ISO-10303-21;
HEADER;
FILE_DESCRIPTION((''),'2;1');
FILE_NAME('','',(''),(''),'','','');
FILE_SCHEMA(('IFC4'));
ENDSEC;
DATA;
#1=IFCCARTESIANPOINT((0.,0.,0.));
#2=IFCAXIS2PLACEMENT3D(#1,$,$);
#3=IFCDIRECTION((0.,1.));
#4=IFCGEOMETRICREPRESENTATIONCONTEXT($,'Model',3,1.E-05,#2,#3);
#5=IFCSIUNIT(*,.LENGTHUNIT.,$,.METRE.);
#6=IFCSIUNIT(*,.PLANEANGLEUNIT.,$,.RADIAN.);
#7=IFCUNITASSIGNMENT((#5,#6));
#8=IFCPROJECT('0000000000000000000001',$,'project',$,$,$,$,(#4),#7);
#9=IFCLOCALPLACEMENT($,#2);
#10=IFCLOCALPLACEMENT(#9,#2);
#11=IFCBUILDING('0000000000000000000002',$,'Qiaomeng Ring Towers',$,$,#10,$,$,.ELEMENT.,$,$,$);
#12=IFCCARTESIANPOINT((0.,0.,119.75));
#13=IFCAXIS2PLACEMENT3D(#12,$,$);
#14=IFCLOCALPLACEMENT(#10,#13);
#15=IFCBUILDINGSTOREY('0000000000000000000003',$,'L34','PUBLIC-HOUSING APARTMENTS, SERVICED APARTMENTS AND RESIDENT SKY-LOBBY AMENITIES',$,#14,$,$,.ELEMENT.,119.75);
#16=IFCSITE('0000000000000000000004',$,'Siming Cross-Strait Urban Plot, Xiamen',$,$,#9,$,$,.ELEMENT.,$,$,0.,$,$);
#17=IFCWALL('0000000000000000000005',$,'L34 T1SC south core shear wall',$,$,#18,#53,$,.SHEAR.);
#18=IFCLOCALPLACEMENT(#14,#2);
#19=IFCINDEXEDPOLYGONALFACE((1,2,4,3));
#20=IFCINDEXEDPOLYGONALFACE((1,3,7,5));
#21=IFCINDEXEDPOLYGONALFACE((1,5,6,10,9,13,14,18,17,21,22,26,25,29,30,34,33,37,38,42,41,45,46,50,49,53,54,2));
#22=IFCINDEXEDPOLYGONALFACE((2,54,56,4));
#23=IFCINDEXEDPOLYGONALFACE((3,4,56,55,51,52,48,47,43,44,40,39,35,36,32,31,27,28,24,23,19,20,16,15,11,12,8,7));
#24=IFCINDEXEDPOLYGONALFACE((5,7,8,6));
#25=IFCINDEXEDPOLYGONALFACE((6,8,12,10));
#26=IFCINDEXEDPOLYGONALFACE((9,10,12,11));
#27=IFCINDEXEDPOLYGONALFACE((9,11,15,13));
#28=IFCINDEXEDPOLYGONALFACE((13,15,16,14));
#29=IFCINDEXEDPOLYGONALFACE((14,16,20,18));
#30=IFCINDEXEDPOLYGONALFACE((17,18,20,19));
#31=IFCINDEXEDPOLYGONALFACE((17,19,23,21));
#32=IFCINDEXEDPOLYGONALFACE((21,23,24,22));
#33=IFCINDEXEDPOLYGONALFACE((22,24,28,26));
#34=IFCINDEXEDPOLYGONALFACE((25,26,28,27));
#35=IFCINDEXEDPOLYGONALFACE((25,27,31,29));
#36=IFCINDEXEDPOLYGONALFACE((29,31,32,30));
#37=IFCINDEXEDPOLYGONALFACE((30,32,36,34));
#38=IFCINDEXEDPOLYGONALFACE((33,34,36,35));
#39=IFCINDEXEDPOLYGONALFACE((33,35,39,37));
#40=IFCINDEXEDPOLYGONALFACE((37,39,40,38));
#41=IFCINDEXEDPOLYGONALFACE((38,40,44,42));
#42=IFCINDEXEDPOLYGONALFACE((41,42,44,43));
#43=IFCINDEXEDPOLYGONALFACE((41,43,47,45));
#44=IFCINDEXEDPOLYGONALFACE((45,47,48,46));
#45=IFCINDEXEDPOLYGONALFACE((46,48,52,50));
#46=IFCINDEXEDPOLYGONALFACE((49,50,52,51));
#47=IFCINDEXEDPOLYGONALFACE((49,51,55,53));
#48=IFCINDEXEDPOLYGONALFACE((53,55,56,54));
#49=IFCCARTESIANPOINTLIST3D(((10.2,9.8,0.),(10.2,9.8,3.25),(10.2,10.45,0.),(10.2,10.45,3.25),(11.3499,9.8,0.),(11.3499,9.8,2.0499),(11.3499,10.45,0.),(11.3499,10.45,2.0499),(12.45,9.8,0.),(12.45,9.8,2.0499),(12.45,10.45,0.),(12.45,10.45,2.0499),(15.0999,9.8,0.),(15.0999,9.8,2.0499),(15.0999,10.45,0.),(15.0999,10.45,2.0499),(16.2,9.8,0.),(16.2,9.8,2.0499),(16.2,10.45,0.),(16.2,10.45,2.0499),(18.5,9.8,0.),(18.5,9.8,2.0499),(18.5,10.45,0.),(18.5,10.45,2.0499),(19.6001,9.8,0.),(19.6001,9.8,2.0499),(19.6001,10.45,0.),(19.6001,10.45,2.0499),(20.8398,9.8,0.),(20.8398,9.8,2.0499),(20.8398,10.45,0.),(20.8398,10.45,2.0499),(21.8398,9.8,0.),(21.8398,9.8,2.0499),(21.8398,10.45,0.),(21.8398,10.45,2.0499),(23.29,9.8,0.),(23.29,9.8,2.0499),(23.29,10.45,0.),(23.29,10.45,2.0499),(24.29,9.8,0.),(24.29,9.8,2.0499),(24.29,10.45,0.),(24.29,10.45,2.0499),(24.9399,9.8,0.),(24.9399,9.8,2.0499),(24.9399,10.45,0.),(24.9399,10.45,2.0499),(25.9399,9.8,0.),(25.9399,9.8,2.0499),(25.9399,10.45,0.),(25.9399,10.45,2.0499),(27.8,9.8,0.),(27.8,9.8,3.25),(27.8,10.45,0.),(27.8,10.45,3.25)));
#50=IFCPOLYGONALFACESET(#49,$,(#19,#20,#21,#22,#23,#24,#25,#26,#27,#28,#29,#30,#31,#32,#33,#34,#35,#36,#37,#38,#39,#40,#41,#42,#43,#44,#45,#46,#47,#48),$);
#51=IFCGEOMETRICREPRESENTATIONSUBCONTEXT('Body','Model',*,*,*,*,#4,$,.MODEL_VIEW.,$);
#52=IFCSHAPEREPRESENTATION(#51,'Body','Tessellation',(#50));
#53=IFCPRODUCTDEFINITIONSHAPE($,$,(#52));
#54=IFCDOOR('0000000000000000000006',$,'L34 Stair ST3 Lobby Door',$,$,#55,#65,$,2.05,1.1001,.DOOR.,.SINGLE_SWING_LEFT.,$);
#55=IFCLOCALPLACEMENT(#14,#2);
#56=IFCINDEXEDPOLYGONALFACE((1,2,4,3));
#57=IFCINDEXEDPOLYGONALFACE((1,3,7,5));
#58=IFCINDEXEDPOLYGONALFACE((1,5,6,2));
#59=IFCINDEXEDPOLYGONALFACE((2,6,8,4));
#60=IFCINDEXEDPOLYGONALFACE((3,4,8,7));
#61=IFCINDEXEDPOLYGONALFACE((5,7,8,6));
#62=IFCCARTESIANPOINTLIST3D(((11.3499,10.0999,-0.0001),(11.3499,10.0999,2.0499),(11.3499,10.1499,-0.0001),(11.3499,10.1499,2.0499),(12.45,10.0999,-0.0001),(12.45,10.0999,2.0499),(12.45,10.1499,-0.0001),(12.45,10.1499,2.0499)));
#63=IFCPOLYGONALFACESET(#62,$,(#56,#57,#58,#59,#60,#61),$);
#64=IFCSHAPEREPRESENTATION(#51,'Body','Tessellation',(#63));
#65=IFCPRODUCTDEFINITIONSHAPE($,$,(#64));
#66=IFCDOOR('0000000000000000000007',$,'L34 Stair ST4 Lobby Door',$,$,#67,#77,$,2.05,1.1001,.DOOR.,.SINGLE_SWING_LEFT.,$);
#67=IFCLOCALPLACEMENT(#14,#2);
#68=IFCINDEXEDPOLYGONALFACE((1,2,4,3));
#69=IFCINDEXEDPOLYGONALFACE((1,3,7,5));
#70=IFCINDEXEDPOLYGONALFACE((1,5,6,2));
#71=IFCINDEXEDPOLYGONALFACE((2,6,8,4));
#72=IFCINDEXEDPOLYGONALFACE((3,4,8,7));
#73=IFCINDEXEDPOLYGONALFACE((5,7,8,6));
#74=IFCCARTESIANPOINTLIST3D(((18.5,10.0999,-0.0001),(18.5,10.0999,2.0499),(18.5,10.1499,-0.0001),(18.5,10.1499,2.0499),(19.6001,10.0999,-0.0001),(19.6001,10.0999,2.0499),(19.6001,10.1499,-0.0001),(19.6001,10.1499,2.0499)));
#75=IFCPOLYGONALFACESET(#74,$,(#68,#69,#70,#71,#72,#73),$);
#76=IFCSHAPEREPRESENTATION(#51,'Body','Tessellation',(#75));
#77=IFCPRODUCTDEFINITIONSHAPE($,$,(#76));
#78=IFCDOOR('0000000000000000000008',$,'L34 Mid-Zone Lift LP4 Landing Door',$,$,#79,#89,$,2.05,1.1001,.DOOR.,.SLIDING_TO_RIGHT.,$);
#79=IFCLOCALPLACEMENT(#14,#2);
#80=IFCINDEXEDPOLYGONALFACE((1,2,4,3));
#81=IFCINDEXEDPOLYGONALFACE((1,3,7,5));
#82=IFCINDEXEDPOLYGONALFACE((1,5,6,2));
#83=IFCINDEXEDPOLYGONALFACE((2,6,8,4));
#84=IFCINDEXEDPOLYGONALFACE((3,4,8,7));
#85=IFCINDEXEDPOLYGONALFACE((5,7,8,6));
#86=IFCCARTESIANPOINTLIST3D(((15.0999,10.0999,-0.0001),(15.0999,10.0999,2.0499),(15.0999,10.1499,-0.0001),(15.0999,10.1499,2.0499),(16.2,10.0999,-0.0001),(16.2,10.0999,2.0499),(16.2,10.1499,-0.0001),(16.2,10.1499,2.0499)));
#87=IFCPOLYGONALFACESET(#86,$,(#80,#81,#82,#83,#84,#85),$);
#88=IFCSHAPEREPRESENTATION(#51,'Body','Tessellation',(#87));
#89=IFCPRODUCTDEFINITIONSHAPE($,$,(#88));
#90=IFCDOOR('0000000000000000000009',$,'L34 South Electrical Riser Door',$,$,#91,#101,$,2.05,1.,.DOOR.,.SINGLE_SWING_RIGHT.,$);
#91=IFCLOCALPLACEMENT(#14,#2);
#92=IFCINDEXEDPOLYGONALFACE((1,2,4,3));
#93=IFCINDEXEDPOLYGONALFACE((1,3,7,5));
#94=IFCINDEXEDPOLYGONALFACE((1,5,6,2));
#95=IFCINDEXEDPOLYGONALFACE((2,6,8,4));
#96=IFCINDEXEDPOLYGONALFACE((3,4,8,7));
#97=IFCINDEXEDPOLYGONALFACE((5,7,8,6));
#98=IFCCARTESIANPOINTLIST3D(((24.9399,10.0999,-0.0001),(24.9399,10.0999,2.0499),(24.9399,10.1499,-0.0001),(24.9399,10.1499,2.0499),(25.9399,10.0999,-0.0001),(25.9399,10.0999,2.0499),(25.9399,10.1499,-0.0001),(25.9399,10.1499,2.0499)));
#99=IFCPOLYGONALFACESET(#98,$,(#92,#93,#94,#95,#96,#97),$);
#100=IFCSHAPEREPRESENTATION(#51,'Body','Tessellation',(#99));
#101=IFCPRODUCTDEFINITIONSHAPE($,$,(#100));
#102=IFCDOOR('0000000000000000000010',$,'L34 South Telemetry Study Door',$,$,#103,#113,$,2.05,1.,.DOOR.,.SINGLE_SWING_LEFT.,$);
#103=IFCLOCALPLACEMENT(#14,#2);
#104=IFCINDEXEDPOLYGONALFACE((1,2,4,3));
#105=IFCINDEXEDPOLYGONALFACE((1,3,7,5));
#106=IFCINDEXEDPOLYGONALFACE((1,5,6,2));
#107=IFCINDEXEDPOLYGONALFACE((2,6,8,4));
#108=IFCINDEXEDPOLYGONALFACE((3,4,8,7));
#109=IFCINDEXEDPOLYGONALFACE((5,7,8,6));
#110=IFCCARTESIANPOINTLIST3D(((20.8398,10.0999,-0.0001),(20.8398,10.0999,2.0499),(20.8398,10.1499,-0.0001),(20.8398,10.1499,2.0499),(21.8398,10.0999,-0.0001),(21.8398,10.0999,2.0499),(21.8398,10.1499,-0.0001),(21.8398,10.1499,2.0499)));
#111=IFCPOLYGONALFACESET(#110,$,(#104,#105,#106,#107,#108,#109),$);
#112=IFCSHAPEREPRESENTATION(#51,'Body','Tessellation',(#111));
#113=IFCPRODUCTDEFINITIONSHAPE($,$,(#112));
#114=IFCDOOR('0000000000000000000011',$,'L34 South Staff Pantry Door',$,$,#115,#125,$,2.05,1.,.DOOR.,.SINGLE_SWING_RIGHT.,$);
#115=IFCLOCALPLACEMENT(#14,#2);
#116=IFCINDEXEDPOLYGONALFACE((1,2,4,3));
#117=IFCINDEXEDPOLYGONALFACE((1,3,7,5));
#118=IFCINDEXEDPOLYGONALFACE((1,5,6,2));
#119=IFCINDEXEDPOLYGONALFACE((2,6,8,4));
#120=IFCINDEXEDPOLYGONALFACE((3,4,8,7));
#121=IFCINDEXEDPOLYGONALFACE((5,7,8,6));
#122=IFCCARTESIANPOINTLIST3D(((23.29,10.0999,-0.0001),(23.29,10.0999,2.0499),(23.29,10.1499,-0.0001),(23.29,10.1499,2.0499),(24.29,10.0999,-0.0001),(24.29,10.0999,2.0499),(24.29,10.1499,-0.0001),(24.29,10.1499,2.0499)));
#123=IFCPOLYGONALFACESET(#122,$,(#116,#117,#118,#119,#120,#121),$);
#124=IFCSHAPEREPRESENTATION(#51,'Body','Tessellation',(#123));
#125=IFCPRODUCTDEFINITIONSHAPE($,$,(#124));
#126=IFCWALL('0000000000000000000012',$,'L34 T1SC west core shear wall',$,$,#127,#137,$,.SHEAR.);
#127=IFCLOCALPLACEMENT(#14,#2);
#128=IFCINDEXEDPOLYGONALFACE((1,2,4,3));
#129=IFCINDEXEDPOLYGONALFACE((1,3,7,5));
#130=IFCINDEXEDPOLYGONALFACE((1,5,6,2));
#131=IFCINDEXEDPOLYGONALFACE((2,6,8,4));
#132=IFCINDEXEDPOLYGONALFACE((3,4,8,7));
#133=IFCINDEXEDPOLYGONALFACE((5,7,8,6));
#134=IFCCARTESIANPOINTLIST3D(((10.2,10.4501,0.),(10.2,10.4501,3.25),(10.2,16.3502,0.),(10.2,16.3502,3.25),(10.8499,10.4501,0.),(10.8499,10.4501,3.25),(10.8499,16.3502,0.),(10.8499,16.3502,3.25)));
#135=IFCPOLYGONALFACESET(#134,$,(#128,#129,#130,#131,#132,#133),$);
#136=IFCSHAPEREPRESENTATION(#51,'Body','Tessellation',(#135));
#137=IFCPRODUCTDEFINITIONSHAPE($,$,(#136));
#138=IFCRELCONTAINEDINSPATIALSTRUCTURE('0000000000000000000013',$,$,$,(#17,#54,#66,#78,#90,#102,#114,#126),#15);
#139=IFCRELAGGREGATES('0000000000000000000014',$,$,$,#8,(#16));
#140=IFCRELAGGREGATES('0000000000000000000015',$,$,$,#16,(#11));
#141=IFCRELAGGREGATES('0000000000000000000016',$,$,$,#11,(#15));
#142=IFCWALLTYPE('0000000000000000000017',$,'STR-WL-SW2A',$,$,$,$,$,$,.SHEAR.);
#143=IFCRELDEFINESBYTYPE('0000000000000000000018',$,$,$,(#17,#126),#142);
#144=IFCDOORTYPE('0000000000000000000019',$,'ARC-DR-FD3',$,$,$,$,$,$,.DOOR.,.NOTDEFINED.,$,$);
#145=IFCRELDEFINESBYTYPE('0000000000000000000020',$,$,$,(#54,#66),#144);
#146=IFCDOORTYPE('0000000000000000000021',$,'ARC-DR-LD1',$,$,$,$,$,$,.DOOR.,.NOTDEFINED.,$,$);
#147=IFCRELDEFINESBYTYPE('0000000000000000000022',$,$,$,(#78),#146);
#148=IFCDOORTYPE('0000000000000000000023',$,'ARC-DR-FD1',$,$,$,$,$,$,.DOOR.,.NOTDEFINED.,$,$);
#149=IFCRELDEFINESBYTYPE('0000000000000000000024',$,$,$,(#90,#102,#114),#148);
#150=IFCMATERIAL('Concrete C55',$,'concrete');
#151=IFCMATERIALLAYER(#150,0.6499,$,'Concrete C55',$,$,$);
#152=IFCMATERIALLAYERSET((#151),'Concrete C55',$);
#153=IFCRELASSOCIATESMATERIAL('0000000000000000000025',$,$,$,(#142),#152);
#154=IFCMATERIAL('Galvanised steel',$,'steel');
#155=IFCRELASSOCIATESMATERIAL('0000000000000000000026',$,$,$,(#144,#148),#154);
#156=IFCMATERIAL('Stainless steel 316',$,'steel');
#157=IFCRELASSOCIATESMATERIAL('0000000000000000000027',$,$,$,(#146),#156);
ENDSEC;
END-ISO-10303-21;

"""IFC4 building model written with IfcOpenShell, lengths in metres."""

from ifc_helpers import new_model, si_unit, direction, frame, frame_2d, origin, place, context, subcontext, project, spatial, rectangle, extrude, source, transform, mapped, material, layer, layer_set, type_object, element, fill, save


model = new_model("IFC4")

# Units and contexts
model_context = context("Model", 3, precision=1e-05, world=origin(), true_north=direction((0.0, 1.0)))
body_context = subcontext(model_context, "Body", "Model", "MODEL_VIEW")
ifc_project = project(units=[si_unit("LENGTHUNIT", "METRE"), si_unit("PLANEANGLEUNIT", "RADIAN")], contexts=[model_context])

# Site, building, storey
site_placement = place(None, origin())
site = spatial("IfcSite", under=ifc_project, at=site_placement, Name="Siming Cross-Strait Urban Plot, Xiamen", CompositionType="ELEMENT", RefElevation=0.0)
building_placement = place(site_placement, origin())
building = spatial("IfcBuilding", under=site, at=building_placement, Name="Qiaomeng Ring Towers", CompositionType="ELEMENT")
storey_placement = place(building_placement, frame((0.0, 0.0, 119.75)))
storey = spatial("IfcBuildingStorey", under=building, at=storey_placement, Name="L34", Description="PUBLIC-HOUSING APARTMENTS, SERVICED APARTMENTS AND RESIDENT SKY-LOBBY AMENITIES", CompositionType="ELEMENT", Elevation=119.75)

# Shared definitions
shared_shape_1 = source(origin(), body_context, "Body", "SweptSolid", [
    extrude(rectangle(XDim=1.0, YDim=2.05, at=frame_2d((0.5, 1.0249))), frame((0.0, 0.0249, 0.0), z_axis=(0.0, -1.0, 0.0), x_axis=(1.0, 0.0, 0.0)), (0.0, 0.0, 1.0), 0.05),
])

# Wall, openings, doors
ifc_material_1 = material(Name="Concrete C55", Category="concrete")
ifc_layer_1 = layer(ifc_material_1, 0.6499, Name="Concrete C55")
ifc_layer_set_1 = layer_set([ifc_layer_1], Name="Concrete C55")
wall_type_1 = type_object("IfcWallType", Name="STR-WL-SW2A", PredefinedType="SHEAR", material=ifc_layer_set_1)
wall_1_placement = place(storey_placement, frame((10.2, 10.125, 0.0), z_axis=(0.0, 0.0, 1.0), x_axis=(1.0, 0.0, 0.0)))
wall_1 = element("IfcWall", 1, at=wall_1_placement, inside=storey, type_object=wall_type_1, Name="L34 T1SC south core shear wall", PredefinedType="SHEAR", context=body_context, shape_type="SweptSolid", body=[
    extrude(rectangle(XDim=17.6001, YDim=0.6499, at=frame_2d((8.8, 0.0))), origin(), (0.0, 0.0, 1.0), 3.25),
])
opening_1_placement = place(wall_1_placement, frame((1.1499, 0.0, 0.0)))
opening_1 = element("IfcOpeningElement", 2, at=opening_1_placement, cuts=wall_1, PredefinedType="OPENING", context=body_context, shape_type="SweptSolid", body=[
    extrude(rectangle(XDim=1.1001, YDim=2.05, at=frame_2d((0.55, 1.0249))), frame((0.0, 0.335, 0.0), z_axis=(0.0, -1.0, 0.0), x_axis=(1.0, 0.0, 0.0)), (0.0, 0.0, 1.0), 0.6699),
])
opening_2_placement = place(wall_1_placement, frame((8.3, 0.0, 0.0)))
opening_2 = element("IfcOpeningElement", 3, at=opening_2_placement, cuts=wall_1, PredefinedType="OPENING", context=body_context, shape_type="SweptSolid", body=[
    extrude(rectangle(XDim=1.1001, YDim=2.05, at=frame_2d((0.55, 1.0249))), frame((0.0, 0.335, 0.0), z_axis=(0.0, -1.0, 0.0), x_axis=(1.0, 0.0, 0.0)), (0.0, 0.0, 1.0), 0.6699),
])
opening_3_placement = place(wall_1_placement, frame((4.8999, 0.0, 0.0)))
opening_3 = element("IfcOpeningElement", 4, at=opening_3_placement, cuts=wall_1, PredefinedType="OPENING", context=body_context, shape_type="SweptSolid", body=[
    extrude(rectangle(XDim=1.1001, YDim=2.05, at=frame_2d((0.55, 1.0249))), frame((0.0, 0.335, 0.0), z_axis=(0.0, -1.0, 0.0), x_axis=(1.0, 0.0, 0.0)), (0.0, 0.0, 1.0), 0.6699),
])
opening_4_placement = place(wall_1_placement, frame((14.74, 0.0, 0.0)))
opening_4 = element("IfcOpeningElement", 5, at=opening_4_placement, cuts=wall_1, PredefinedType="OPENING", context=body_context, shape_type="SweptSolid", body=[
    extrude(rectangle(XDim=1.0, YDim=2.05, at=frame_2d((0.5, 1.0249))), frame((0.0, 0.335, 0.0), z_axis=(0.0, -1.0, 0.0), x_axis=(1.0, 0.0, 0.0)), (0.0, 0.0, 1.0), 0.6699),
])
opening_5_placement = place(wall_1_placement, frame((10.6399, 0.0, 0.0)))
opening_5 = element("IfcOpeningElement", 6, at=opening_5_placement, cuts=wall_1, PredefinedType="OPENING", context=body_context, shape_type="SweptSolid", body=[
    extrude(rectangle(XDim=1.0, YDim=2.05, at=frame_2d((0.5, 1.0249))), frame((0.0, 0.335, 0.0), z_axis=(0.0, -1.0, 0.0), x_axis=(1.0, 0.0, 0.0)), (0.0, 0.0, 1.0), 0.6699),
])
opening_6_placement = place(wall_1_placement, frame((13.0901, 0.0, 0.0)))
opening_6 = element("IfcOpeningElement", 7, at=opening_6_placement, cuts=wall_1, PredefinedType="OPENING", context=body_context, shape_type="SweptSolid", body=[
    extrude(rectangle(XDim=1.0, YDim=2.05, at=frame_2d((0.5, 1.0249))), frame((0.0, 0.335, 0.0), z_axis=(0.0, -1.0, 0.0), x_axis=(1.0, 0.0, 0.0)), (0.0, 0.0, 1.0), 0.6699),
])
ifc_material_2 = material(Name="Galvanised steel", Category="steel")
door_type_1 = type_object("IfcDoorType", Name="ARC-DR-FD3", OperationType="NOTDEFINED", PredefinedType="DOOR", material=ifc_material_2)
shared_shape_2 = source(origin(), body_context, "Body", "SweptSolid", [
    extrude(rectangle(XDim=1.1001, YDim=2.05, at=frame_2d((0.55, 1.0249))), frame((0.0, 0.0249, 0.0), z_axis=(0.0, -1.0, 0.0), x_axis=(1.0, 0.0, 0.0)), (0.0, 0.0, 1.0), 0.05),
])
door_1_placement = place(opening_1_placement, origin())
door_1 = element("IfcDoor", 8, at=door_1_placement, inside=storey, type_object=door_type_1, Name="L34 Stair ST3 Lobby Door", OperationType="SINGLE_SWING_LEFT", OverallHeight=2.05, OverallWidth=1.1001, PredefinedType="DOOR", context=body_context, shape_type="MappedRepresentation", body=[
    mapped(shared_shape_2, transform((0.0, 0.0, 0.0), x_axis=(1.0, 0.0, 0.0), y_axis=(0.0, 1.0, 0.0), z_axis=(0.0, 0.0, 1.0), scale=1.0)),
])
fill(opening_1, door_1)
door_2_placement = place(opening_2_placement, origin())
door_2 = element("IfcDoor", 9, at=door_2_placement, inside=storey, type_object=door_type_1, Name="L34 Stair ST4 Lobby Door", OperationType="SINGLE_SWING_LEFT", OverallHeight=2.05, OverallWidth=1.1001, PredefinedType="DOOR", context=body_context, shape_type="MappedRepresentation", body=[
    mapped(shared_shape_2, transform((0.0, 0.0, 0.0), x_axis=(1.0, 0.0, 0.0), y_axis=(0.0, 1.0, 0.0), z_axis=(0.0, 0.0, 1.0), scale=1.0)),
])
fill(opening_2, door_2)
ifc_material_3 = material(Name="Stainless steel 316", Category="steel")
door_type_2 = type_object("IfcDoorType", Name="ARC-DR-LD1", OperationType="NOTDEFINED", PredefinedType="DOOR", material=ifc_material_3)
door_3_placement = place(opening_3_placement, origin())
door_3 = element("IfcDoor", 10, at=door_3_placement, inside=storey, type_object=door_type_2, Name="L34 Mid-Zone Lift LP4 Landing Door", OperationType="SLIDING_TO_RIGHT", OverallHeight=2.05, OverallWidth=1.1001, PredefinedType="DOOR", context=body_context, shape_type="MappedRepresentation", body=[
    mapped(shared_shape_2, transform((0.0, 0.0, 0.0), x_axis=(1.0, 0.0, 0.0), y_axis=(0.0, 1.0, 0.0), z_axis=(0.0, 0.0, 1.0), scale=1.0)),
])
fill(opening_3, door_3)
door_type_3 = type_object("IfcDoorType", Name="ARC-DR-FD1", OperationType="NOTDEFINED", PredefinedType="DOOR", material=ifc_material_2)
door_4_placement = place(opening_4_placement, origin())
door_4 = element("IfcDoor", 11, at=door_4_placement, inside=storey, type_object=door_type_3, Name="L34 South Electrical Riser Door", OperationType="SINGLE_SWING_RIGHT", OverallHeight=2.05, OverallWidth=1.0, PredefinedType="DOOR", context=body_context, shape_type="MappedRepresentation", body=[
    mapped(shared_shape_1, transform((0.0, 0.0, 0.0), x_axis=(1.0, 0.0, 0.0), y_axis=(0.0, 1.0, 0.0), z_axis=(0.0, 0.0, 1.0), scale=1.0)),
])
fill(opening_4, door_4)
door_5_placement = place(opening_5_placement, origin())
door_5 = element("IfcDoor", 12, at=door_5_placement, inside=storey, type_object=door_type_3, Name="L34 South Telemetry Study Door", OperationType="SINGLE_SWING_LEFT", OverallHeight=2.05, OverallWidth=1.0, PredefinedType="DOOR", context=body_context, shape_type="MappedRepresentation", body=[
    mapped(shared_shape_1, transform((0.0, 0.0, 0.0), x_axis=(1.0, 0.0, 0.0), y_axis=(0.0, 1.0, 0.0), z_axis=(0.0, 0.0, 1.0), scale=1.0)),
])
fill(opening_5, door_5)
door_6_placement = place(opening_6_placement, origin())
door_6 = element("IfcDoor", 13, at=door_6_placement, inside=storey, type_object=door_type_3, Name="L34 South Staff Pantry Door", OperationType="SINGLE_SWING_RIGHT", OverallHeight=2.05, OverallWidth=1.0, PredefinedType="DOOR", context=body_context, shape_type="MappedRepresentation", body=[
    mapped(shared_shape_1, transform((0.0, 0.0, 0.0), x_axis=(1.0, 0.0, 0.0), y_axis=(0.0, 1.0, 0.0), z_axis=(0.0, 0.0, 1.0), scale=1.0)),
])
fill(opening_6, door_6)

# Wall
wall_2_placement = place(storey_placement, frame((10.5249, 10.45, 0.0), z_axis=(0.0, 0.0, 1.0), x_axis=(0.0, 1.0, 0.0)))
element("IfcWall", 14, at=wall_2_placement, inside=storey, type_object=wall_type_1, Name="L34 T1SC west core shear wall", PredefinedType="SHEAR", context=body_context, shape_type="SweptSolid", body=[
    extrude(rectangle(XDim=5.9001, YDim=0.6499, at=frame_2d((2.9502, 0.0))), origin(), (0.0, 0.0, 1.0), 3.25),
])

save(model, "model.ifc")
